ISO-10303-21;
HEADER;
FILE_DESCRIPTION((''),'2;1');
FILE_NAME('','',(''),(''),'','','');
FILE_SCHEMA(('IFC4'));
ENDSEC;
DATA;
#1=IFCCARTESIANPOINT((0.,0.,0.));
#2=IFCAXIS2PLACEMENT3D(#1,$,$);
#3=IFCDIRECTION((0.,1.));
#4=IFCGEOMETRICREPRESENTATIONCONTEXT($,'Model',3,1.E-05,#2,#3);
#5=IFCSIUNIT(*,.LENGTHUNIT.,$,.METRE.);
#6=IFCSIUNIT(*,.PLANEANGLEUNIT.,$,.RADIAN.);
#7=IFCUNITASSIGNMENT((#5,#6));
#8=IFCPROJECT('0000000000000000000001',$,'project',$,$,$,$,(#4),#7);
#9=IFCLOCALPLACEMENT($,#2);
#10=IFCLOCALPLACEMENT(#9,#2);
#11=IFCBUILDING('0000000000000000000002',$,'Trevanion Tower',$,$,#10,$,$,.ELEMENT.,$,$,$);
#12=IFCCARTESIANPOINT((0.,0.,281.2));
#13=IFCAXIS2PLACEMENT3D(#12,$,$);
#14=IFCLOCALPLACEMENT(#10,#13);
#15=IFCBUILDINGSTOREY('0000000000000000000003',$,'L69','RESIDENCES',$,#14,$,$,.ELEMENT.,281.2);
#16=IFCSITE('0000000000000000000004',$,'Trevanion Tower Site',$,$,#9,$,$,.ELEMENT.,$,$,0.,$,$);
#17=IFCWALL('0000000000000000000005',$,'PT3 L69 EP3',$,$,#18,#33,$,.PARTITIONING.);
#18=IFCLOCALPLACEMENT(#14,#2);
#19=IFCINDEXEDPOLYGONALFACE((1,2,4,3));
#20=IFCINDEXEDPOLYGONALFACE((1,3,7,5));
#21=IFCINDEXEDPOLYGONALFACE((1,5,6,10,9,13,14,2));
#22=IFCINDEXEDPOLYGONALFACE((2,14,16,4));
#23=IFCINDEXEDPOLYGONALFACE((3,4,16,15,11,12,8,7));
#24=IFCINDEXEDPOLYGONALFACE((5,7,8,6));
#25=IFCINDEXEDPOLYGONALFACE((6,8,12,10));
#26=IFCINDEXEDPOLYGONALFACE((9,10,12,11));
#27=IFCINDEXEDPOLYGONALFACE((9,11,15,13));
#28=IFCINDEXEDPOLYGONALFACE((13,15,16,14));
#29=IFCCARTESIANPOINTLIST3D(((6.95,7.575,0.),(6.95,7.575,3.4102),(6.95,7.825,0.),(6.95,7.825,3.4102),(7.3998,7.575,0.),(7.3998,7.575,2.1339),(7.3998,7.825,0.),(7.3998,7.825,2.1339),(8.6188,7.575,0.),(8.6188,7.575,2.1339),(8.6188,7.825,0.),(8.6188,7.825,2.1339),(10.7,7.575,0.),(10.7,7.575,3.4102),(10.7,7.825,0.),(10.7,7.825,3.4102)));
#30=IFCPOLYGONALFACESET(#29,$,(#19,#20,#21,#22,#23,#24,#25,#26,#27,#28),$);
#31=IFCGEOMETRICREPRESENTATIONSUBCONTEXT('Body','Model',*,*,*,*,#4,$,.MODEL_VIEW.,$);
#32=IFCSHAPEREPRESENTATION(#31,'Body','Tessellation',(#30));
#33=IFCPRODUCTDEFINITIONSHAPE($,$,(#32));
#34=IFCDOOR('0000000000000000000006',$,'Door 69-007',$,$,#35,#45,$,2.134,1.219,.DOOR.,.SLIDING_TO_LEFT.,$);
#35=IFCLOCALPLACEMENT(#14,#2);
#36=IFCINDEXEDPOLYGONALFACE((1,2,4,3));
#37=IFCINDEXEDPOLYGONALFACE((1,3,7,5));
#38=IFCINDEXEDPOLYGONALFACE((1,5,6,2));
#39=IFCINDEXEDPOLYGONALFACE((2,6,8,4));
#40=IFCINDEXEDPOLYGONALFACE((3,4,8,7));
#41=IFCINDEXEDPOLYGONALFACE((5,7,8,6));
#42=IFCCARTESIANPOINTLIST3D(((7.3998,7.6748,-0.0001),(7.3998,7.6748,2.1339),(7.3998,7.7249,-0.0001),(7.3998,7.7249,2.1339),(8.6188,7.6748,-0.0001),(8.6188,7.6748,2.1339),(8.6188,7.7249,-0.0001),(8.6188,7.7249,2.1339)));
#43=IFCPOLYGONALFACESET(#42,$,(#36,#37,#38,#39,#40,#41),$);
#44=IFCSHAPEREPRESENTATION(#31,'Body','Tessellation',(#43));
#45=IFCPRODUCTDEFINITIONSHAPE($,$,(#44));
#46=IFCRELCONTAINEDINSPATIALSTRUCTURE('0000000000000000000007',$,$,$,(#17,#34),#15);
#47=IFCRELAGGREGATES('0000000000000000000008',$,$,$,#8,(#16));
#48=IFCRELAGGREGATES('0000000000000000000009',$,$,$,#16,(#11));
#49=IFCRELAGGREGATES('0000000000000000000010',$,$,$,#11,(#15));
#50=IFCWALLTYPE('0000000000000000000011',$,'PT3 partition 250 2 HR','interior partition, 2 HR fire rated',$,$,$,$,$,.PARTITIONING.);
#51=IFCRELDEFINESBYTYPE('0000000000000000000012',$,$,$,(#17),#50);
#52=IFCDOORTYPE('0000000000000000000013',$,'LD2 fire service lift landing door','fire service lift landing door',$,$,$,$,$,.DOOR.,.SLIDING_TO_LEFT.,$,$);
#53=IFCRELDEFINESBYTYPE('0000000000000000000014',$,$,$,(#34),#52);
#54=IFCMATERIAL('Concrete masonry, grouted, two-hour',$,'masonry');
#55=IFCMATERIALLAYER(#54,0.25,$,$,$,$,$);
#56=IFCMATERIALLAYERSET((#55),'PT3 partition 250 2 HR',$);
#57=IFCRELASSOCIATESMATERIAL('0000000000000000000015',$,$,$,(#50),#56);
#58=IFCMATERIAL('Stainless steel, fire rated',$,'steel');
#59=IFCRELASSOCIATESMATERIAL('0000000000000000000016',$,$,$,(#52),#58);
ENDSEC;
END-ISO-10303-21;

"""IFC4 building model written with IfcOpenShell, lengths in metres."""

from ifc_helpers import new_model, si_unit, direction, frame, frame_2d, origin, place, context, subcontext, project, spatial, rectangle, extrude, material, layer, layer_set, type_object, element, fill, save


model = new_model("IFC4")

# Units and contexts
model_context = context("Model", 3, precision=1e-05, world=origin(), true_north=direction((0.0, 1.0)))
body_context = subcontext(model_context, "Body", "Model", "MODEL_VIEW")
ifc_project = project(units=[si_unit("LENGTHUNIT", "METRE"), si_unit("PLANEANGLEUNIT", "RADIAN")], contexts=[model_context])

# Site, building, storey
site_placement = place(None, origin())
site = spatial("IfcSite", under=ifc_project, at=site_placement, Name="Trevanion Tower Site", CompositionType="ELEMENT", RefElevation=0.0)
building_placement = place(site_placement, origin())
building = spatial("IfcBuilding", under=site, at=building_placement, Name="Trevanion Tower", CompositionType="ELEMENT")
storey_placement = place(building_placement, frame((0.0, 0.0, 281.2)))
storey = spatial("IfcBuildingStorey", under=building, at=storey_placement, Name="L69", Description="RESIDENCES", CompositionType="ELEMENT", Elevation=281.2)

# Wall, opening, door
ifc_material_1 = material(Name="Concrete masonry, grouted, two-hour", Category="masonry")
ifc_layer_1 = layer(ifc_material_1, 0.25)
ifc_layer_set_1 = layer_set([ifc_layer_1], Name="PT3 partition 250 2 HR")
wall_type_1 = type_object("IfcWallType", Name="PT3 partition 250 2 HR", Description="interior partition, 2 HR fire rated", PredefinedType="PARTITIONING", material=ifc_layer_set_1)
wall_1_placement = place(storey_placement, frame((6.95, 7.7, 0.0), z_axis=(0.0, 0.0, 1.0), x_axis=(1.0, 0.0, 0.0)))
wall_1 = element("IfcWall", 1, at=wall_1_placement, inside=storey, type_object=wall_type_1, Name="PT3 L69 EP3", PredefinedType="PARTITIONING", context=body_context, shape_type="SweptSolid", body=[
    extrude(rectangle(XDim=3.75, YDim=0.25, at=frame_2d((1.875, 0.0))), origin(), (0.0, 0.0, 1.0), 3.4102),
])
opening_1_placement = place(wall_1_placement, frame((0.45, 0.0, 0.0)))
opening_1 = element("IfcOpeningElement", 2, at=opening_1_placement, cuts=wall_1, PredefinedType="OPENING", context=body_context, shape_type="SweptSolid", body=[
    extrude(rectangle(XDim=1.219, YDim=2.134, at=frame_2d((0.6094, 1.0669))), frame((0.0, 0.135, 0.0), z_axis=(0.0, -1.0, 0.0), x_axis=(1.0, 0.0, 0.0)), (0.0, 0.0, 1.0), 0.27),
])
ifc_material_2 = material(Name="Stainless steel, fire rated", Category="steel")
door_type_1 = type_object("IfcDoorType", Name="LD2 fire service lift landing door", Description="fire service lift landing door", OperationType="SLIDING_TO_LEFT", PredefinedType="DOOR", material=ifc_material_2)
door_1_placement = place(opening_1_placement, origin())
door_1 = element("IfcDoor", 3, at=door_1_placement, inside=storey, type_object=door_type_1, Name="Door 69-007", OperationType="SLIDING_TO_LEFT", OverallHeight=2.134, OverallWidth=1.219, PredefinedType="DOOR", context=body_context, shape_type="SweptSolid", body=[
    extrude(rectangle(XDim=1.219, YDim=2.134, at=frame_2d((0.6094, 1.0669))), frame((0.0, 0.0249, 0.0), z_axis=(0.0, -1.0, 0.0), x_axis=(1.0, 0.0, 0.0)), (0.0, 0.0, 1.0), 0.05),
])
fill(opening_1, door_1)

save(model, "model.ifc")
